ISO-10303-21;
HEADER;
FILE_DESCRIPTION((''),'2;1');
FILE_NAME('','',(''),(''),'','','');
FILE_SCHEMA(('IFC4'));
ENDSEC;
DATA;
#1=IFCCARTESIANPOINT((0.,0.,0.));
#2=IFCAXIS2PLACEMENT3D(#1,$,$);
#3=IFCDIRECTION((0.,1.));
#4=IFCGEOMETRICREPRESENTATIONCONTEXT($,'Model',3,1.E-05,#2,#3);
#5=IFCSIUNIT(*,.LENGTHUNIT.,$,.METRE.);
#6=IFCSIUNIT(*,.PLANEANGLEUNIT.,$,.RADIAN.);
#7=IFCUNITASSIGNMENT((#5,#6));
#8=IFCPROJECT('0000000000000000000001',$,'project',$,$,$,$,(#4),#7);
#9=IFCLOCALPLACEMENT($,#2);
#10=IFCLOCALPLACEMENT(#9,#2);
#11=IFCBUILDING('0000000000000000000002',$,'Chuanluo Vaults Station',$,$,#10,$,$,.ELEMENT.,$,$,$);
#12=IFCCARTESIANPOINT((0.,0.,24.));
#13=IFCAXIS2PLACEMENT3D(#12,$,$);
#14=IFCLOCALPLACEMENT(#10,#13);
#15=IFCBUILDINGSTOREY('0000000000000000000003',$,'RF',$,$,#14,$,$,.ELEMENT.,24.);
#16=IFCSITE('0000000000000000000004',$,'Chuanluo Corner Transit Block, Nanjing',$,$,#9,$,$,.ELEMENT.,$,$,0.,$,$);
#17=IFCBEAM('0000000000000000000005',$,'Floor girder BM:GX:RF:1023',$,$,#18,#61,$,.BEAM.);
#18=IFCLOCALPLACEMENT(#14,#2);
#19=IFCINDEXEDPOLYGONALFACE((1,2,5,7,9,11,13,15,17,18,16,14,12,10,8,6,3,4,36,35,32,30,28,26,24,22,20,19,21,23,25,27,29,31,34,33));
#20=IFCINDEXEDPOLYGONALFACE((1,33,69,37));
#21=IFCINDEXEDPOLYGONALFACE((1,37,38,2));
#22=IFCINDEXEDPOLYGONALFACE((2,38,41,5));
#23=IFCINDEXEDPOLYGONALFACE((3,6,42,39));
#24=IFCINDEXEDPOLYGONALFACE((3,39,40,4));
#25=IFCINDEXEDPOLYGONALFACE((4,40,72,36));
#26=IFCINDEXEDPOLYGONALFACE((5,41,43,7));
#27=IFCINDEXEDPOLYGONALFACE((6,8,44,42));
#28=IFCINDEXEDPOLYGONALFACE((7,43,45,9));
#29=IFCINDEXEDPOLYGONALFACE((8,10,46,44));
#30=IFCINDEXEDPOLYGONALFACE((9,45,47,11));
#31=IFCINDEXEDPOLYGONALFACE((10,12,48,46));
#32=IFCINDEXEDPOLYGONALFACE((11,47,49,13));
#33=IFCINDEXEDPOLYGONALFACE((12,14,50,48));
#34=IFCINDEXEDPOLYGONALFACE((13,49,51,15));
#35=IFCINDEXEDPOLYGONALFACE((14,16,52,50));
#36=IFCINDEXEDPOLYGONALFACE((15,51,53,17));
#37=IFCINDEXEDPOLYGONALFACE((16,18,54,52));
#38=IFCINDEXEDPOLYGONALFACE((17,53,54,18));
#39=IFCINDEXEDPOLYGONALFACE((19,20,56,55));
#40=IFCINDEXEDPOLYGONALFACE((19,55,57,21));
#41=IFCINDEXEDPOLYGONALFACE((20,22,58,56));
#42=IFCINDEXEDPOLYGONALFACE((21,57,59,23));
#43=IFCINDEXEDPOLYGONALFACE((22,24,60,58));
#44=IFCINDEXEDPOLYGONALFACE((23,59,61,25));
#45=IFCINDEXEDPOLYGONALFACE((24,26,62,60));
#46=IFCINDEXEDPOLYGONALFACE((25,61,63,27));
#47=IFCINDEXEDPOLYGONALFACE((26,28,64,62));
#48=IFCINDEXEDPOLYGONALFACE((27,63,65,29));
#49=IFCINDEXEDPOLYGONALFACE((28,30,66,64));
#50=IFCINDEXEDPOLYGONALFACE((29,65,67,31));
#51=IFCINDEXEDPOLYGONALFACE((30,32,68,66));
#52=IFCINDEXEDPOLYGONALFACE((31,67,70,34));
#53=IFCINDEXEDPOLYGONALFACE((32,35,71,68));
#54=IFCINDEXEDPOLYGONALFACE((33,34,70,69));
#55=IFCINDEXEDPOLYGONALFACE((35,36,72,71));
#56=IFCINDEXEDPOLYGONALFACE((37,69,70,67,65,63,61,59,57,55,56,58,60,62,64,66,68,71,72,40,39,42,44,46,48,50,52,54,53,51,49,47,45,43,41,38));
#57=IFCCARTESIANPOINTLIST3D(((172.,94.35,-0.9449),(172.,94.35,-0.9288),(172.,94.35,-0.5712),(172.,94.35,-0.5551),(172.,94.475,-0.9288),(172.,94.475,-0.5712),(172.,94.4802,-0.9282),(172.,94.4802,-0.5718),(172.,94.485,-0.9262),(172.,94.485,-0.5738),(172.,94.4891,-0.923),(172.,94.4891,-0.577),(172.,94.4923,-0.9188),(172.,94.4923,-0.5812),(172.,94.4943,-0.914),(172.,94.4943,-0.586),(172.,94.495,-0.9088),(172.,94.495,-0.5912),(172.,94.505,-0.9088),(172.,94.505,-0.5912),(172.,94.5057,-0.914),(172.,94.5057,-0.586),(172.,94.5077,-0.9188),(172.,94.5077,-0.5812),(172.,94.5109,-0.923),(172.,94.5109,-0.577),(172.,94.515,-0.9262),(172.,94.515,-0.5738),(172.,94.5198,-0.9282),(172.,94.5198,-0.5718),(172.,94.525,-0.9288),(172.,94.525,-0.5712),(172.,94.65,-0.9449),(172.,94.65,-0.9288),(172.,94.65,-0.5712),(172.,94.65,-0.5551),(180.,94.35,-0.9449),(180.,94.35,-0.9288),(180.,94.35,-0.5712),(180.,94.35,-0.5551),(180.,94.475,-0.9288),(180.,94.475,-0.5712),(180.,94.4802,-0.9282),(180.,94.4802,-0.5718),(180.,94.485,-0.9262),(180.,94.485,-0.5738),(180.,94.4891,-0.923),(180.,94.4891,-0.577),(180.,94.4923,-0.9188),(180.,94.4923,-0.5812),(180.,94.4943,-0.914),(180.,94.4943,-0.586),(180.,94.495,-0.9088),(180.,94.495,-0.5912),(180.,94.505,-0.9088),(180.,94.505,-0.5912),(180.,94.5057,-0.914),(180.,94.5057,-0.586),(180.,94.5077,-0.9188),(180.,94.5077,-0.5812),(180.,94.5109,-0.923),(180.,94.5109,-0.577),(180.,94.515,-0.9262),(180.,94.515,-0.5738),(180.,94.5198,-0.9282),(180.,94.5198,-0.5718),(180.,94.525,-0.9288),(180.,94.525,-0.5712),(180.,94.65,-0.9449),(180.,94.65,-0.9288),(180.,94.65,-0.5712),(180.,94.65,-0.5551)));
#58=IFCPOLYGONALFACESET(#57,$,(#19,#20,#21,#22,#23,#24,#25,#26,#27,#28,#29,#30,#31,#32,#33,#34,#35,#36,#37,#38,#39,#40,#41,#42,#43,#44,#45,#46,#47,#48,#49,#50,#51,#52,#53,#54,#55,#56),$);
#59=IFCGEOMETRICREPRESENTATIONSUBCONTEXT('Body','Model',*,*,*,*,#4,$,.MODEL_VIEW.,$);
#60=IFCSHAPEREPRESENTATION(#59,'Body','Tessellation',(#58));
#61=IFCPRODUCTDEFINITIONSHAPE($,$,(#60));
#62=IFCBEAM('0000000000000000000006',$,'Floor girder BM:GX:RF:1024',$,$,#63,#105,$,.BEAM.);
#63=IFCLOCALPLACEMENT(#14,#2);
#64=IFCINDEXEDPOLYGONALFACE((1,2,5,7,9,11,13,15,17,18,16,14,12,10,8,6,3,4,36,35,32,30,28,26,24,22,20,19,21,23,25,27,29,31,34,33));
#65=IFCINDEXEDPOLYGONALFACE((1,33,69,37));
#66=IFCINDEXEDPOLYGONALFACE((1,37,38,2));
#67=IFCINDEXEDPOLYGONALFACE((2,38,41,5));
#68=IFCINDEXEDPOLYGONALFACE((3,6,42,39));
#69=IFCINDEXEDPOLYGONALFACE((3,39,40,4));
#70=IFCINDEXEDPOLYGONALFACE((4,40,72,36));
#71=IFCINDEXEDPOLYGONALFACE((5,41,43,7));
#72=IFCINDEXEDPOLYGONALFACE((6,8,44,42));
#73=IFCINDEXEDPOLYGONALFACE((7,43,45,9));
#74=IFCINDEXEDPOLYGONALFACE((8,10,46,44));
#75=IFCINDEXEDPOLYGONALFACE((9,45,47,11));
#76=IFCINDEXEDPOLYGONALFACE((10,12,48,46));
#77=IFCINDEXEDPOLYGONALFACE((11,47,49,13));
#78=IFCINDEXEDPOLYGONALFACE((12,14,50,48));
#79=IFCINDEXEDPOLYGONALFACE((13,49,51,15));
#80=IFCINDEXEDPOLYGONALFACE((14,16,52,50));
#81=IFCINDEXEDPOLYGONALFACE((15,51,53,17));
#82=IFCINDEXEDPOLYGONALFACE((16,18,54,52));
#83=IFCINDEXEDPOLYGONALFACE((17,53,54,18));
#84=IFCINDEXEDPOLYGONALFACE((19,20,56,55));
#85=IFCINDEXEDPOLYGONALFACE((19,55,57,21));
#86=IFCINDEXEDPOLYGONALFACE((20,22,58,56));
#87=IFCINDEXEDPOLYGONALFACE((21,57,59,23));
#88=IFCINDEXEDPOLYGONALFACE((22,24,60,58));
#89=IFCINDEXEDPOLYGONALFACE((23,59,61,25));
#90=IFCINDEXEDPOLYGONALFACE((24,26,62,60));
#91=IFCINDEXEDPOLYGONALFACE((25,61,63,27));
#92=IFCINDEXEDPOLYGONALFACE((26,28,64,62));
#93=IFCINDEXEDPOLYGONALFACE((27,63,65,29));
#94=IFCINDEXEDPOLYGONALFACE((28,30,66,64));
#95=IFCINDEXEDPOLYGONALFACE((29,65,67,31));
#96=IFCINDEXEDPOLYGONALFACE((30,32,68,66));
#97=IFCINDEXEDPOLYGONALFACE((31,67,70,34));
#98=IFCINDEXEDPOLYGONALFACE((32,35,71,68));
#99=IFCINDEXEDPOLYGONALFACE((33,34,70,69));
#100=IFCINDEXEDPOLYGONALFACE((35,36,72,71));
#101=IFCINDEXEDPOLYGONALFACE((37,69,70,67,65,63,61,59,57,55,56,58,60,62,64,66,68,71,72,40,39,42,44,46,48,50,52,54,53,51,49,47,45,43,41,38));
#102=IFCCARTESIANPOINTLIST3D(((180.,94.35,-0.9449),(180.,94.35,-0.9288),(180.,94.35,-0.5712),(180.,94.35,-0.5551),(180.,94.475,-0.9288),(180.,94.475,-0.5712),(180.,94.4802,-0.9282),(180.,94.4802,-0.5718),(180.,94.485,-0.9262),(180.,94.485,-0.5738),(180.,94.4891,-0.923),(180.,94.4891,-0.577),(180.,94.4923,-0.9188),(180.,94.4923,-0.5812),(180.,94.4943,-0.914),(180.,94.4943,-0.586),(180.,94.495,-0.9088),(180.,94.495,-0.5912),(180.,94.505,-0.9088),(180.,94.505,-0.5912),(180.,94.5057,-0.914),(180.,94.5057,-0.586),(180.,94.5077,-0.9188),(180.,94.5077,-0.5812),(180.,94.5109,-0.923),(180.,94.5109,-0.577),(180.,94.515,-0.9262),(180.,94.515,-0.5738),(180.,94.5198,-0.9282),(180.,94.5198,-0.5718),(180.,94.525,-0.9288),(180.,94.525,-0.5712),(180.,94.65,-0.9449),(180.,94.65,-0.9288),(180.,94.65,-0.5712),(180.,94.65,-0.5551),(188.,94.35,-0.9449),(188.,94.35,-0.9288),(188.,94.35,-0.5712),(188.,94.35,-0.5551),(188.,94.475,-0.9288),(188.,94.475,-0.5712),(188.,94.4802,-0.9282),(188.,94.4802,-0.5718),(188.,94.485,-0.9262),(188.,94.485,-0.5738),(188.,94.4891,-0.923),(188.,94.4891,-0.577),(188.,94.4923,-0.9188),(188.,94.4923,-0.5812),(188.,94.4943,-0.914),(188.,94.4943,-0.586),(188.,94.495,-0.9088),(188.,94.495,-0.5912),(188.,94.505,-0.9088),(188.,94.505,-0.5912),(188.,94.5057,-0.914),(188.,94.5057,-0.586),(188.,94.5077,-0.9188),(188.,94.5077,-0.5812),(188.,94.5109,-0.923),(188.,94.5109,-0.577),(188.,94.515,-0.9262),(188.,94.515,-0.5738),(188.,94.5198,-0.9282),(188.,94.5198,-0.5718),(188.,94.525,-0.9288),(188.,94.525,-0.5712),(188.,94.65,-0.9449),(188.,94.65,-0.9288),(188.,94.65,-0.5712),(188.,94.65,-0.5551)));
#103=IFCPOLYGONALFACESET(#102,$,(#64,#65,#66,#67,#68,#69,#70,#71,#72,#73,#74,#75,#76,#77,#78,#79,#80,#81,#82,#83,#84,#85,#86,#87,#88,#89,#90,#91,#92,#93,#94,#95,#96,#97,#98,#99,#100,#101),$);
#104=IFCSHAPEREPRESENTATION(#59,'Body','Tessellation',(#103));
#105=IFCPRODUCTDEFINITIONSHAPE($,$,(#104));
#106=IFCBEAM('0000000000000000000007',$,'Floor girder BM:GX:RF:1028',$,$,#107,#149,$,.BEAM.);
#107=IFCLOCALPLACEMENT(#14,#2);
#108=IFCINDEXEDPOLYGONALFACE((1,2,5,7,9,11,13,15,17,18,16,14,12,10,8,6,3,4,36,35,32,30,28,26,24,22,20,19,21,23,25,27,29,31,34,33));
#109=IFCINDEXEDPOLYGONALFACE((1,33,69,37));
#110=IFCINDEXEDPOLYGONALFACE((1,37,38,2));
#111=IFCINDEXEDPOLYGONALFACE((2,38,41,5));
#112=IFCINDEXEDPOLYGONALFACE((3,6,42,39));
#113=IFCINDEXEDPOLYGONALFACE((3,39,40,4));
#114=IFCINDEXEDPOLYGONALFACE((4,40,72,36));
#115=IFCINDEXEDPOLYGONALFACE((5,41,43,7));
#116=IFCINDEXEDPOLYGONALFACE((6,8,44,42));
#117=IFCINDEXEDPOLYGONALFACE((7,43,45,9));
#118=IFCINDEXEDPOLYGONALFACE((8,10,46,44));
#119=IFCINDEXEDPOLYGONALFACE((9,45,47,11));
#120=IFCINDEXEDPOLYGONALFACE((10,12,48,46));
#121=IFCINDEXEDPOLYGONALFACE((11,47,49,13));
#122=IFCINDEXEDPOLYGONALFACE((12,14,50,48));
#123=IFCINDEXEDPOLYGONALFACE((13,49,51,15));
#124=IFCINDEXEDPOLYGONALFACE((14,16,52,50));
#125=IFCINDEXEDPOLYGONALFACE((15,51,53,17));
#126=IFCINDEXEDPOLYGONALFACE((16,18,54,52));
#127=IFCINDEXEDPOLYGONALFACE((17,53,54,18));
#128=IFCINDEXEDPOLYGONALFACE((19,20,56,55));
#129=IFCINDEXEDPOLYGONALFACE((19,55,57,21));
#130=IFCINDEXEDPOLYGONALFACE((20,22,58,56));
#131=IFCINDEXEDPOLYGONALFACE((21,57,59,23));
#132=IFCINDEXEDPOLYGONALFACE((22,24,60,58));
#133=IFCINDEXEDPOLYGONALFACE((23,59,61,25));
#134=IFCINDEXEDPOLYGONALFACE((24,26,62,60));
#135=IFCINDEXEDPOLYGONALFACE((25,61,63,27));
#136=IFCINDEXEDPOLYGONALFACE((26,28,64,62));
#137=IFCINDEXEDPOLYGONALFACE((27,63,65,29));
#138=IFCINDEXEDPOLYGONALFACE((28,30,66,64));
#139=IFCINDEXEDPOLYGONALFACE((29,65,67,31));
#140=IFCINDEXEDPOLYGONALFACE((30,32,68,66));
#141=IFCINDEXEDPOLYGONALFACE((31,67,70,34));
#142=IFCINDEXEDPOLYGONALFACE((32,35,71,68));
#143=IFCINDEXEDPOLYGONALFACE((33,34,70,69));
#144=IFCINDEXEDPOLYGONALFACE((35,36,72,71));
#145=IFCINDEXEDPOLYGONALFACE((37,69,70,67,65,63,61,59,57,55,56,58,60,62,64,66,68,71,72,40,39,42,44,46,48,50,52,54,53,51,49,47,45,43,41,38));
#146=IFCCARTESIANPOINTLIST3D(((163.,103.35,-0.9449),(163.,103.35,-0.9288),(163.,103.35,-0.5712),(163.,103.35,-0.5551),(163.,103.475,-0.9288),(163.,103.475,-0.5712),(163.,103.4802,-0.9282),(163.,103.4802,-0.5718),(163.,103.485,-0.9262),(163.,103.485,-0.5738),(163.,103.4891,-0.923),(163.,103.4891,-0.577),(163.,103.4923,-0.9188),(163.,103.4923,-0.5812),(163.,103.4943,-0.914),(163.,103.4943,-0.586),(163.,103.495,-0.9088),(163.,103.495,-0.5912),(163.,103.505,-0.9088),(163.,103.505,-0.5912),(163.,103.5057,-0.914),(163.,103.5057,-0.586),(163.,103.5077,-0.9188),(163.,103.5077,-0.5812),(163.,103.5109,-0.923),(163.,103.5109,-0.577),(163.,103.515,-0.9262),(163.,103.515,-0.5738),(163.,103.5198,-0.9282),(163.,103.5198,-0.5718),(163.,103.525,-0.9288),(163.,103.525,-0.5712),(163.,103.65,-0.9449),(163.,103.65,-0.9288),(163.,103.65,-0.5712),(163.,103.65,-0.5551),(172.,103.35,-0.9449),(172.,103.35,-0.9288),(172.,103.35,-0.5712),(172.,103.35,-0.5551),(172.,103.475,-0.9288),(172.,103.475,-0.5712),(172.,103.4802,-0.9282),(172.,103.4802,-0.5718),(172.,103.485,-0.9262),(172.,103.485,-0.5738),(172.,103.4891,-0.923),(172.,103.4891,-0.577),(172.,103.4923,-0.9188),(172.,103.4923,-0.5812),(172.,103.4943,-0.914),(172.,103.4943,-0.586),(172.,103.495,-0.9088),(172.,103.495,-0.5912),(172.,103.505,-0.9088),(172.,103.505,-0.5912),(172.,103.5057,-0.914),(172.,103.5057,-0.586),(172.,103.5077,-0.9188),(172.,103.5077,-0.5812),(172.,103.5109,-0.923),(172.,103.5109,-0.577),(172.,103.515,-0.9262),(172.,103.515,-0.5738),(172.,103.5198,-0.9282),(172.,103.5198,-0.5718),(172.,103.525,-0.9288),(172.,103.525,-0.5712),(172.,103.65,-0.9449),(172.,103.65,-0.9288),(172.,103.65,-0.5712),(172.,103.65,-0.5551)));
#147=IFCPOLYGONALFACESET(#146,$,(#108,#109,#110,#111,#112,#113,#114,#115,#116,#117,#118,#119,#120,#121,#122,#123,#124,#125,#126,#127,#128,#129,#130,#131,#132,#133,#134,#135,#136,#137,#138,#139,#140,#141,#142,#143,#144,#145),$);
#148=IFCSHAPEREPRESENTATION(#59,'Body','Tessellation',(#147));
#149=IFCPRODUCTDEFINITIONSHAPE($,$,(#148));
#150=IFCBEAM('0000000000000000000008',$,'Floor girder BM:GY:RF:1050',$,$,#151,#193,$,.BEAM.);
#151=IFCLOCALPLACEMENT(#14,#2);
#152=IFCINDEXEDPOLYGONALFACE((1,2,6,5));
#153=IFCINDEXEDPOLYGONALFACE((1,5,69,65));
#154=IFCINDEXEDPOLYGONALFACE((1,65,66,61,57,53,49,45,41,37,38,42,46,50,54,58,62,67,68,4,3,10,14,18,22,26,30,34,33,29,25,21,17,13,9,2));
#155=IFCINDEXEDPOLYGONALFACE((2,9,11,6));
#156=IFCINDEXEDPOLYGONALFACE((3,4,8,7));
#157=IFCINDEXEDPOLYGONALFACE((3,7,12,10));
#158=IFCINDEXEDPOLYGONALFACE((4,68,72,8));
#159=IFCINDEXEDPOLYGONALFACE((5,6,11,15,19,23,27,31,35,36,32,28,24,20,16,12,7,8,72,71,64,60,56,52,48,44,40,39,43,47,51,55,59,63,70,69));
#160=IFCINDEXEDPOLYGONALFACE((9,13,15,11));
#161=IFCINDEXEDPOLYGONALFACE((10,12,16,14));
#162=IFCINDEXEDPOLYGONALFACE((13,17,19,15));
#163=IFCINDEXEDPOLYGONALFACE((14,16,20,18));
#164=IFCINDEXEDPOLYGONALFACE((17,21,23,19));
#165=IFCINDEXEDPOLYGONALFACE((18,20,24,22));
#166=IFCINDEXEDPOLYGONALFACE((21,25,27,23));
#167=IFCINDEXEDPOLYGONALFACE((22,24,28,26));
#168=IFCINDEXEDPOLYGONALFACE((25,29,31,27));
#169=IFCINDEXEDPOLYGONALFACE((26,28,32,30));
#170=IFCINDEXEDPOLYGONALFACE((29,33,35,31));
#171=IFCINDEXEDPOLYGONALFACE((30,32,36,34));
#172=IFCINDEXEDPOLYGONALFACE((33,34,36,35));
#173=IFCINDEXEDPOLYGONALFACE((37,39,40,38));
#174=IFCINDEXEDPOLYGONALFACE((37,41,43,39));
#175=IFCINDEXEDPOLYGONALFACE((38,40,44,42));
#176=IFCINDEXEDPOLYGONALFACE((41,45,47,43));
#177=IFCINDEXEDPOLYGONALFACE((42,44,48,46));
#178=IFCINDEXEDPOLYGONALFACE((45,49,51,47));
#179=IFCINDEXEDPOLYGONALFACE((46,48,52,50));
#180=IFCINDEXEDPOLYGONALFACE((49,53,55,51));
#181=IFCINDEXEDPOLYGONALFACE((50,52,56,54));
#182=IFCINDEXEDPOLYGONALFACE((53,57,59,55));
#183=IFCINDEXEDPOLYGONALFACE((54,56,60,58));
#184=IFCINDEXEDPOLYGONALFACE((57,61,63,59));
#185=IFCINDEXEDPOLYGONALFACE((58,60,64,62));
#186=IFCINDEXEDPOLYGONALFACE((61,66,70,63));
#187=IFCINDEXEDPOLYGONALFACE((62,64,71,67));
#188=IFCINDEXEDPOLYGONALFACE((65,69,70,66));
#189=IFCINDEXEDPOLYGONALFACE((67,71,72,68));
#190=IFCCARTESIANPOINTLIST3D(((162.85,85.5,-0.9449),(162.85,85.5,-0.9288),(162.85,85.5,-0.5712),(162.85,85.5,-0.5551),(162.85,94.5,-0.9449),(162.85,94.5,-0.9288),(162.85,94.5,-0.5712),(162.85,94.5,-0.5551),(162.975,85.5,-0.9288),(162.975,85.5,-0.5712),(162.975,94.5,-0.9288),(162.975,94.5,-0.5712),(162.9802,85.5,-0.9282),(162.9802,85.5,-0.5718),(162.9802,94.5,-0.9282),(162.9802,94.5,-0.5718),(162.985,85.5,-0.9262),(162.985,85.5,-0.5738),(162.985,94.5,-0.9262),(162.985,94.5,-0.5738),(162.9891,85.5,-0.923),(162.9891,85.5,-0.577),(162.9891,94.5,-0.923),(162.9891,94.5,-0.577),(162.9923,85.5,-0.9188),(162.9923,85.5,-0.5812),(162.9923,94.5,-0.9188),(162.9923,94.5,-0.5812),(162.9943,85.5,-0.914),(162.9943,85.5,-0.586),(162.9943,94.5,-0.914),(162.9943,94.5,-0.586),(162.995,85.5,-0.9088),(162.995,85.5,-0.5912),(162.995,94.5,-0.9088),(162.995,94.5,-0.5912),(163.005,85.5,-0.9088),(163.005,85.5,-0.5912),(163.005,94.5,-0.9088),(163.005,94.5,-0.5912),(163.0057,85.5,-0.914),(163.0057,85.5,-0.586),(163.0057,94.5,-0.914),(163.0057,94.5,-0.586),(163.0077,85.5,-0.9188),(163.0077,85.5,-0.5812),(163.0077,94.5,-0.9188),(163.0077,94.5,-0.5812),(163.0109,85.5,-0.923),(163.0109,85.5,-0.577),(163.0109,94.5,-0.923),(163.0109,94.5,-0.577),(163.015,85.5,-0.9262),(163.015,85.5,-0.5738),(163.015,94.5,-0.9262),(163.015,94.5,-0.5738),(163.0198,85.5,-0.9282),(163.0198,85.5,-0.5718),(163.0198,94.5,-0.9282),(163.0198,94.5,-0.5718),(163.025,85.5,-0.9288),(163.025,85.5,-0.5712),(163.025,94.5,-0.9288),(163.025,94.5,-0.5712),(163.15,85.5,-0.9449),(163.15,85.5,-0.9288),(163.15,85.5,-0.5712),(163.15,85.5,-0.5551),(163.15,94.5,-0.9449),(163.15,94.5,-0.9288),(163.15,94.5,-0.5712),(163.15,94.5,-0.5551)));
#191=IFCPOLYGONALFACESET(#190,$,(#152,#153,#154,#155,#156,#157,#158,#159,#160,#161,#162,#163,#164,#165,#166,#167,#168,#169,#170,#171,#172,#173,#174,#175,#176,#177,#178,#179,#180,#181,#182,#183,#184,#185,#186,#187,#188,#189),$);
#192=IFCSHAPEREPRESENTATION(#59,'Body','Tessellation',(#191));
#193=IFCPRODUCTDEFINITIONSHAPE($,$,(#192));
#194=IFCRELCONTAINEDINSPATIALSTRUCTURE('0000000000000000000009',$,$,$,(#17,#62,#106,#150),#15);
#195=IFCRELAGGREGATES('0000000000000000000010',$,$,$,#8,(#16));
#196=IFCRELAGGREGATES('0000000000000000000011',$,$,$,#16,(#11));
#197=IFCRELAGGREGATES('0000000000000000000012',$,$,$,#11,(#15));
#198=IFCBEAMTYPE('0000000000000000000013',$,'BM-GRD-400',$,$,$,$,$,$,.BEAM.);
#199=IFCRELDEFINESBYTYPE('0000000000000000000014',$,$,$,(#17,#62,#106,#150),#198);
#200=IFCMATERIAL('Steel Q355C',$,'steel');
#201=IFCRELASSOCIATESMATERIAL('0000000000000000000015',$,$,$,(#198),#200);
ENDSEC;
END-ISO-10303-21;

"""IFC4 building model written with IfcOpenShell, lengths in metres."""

from ifc_helpers import new_model, si_unit, direction, frame, origin, origin_2d, place, context, subcontext, project, spatial, i_section, extrude, material, material_profile, profile_set, type_object, element, save


model = new_model("IFC4")

# Units and contexts
model_context = context("Model", 3, precision=1e-05, world=origin(), true_north=direction((0.0, 1.0)))
body_context = subcontext(model_context, "Body", "Model", "MODEL_VIEW")
ifc_project = project(units=[si_unit("LENGTHUNIT", "METRE"), si_unit("PLANEANGLEUNIT", "RADIAN")], contexts=[model_context])

# Site, building, storey
site_placement = place(None, origin())
site = spatial("IfcSite", under=ifc_project, at=site_placement, Name="Chuanluo Corner Transit Block, Nanjing", CompositionType="ELEMENT", RefElevation=0.0)
building_placement = place(site_placement, origin())
building = spatial("IfcBuilding", under=site, at=building_placement, Name="Chuanluo Vaults Station", CompositionType="ELEMENT")
storey_placement = place(building_placement, frame((0.0, 0.0, 24.0)))
storey = spatial("IfcBuildingStorey", under=building, at=storey_placement, Name="RF", CompositionType="ELEMENT", Elevation=24.0)

# Beams
ifc_material_1 = material(Name="Steel Q355C", Category="steel")
ifc_material_profile_1 = material_profile(ifc_material_1, i_section(OverallWidth=0.3, OverallDepth=0.3899, WebThickness=0.01, FlangeThickness=0.0161, FilletRadius=0.02, at=origin_2d()))
ifc_profile_set_1 = profile_set([ifc_material_profile_1], Name="Steel Q355C")
beam_type_1 = type_object("IfcBeamType", Name="BM-GRD-400", PredefinedType="BEAM", material=ifc_profile_set_1)
for number, where, z_axis, x_axis, name in (
    (1, (172.0, 94.5, -0.75), (1.0, 0.0, 0.0), (0.0, 1.0, 0.0), "Floor girder BM:GX:RF:1023"),
    (2, (180.0, 94.5, -0.75), (1.0, 0.0, 0.0), (0.0, 1.0, 0.0), "Floor girder BM:GX:RF:1024"),
):
    element("IfcBeam", number, at=place(storey_placement, frame(where, z_axis=z_axis, x_axis=x_axis)), inside=storey, type_object=beam_type_1, Name=name, PredefinedType="BEAM", context=body_context, shape_type="SweptSolid", body=[
        extrude(i_section(OverallWidth=0.3, OverallDepth=0.3899, WebThickness=0.01, FlangeThickness=0.0161, FilletRadius=0.02, at=origin_2d()), origin(), (0.0, 0.0, 1.0), 8.0),
    ])
for number, where, z_axis, x_axis, name in (
    (3, (163.0, 103.5, -0.75), (1.0, 0.0, 0.0), (0.0, 1.0, 0.0), "Floor girder BM:GX:RF:1028"),
    (4, (163.0, 85.5, -0.75), (0.0, 1.0, 0.0), (-1.0, 0.0, 0.0), "Floor girder BM:GY:RF:1050"),
):
    element("IfcBeam", number, at=place(storey_placement, frame(where, z_axis=z_axis, x_axis=x_axis)), inside=storey, type_object=beam_type_1, Name=name, PredefinedType="BEAM", context=body_context, shape_type="SweptSolid", body=[
        extrude(i_section(OverallWidth=0.3, OverallDepth=0.3899, WebThickness=0.01, FlangeThickness=0.0161, FilletRadius=0.02, at=origin_2d()), origin(), (0.0, 0.0, 1.0), 9.0),
    ])

save(model, "model.ifc")
